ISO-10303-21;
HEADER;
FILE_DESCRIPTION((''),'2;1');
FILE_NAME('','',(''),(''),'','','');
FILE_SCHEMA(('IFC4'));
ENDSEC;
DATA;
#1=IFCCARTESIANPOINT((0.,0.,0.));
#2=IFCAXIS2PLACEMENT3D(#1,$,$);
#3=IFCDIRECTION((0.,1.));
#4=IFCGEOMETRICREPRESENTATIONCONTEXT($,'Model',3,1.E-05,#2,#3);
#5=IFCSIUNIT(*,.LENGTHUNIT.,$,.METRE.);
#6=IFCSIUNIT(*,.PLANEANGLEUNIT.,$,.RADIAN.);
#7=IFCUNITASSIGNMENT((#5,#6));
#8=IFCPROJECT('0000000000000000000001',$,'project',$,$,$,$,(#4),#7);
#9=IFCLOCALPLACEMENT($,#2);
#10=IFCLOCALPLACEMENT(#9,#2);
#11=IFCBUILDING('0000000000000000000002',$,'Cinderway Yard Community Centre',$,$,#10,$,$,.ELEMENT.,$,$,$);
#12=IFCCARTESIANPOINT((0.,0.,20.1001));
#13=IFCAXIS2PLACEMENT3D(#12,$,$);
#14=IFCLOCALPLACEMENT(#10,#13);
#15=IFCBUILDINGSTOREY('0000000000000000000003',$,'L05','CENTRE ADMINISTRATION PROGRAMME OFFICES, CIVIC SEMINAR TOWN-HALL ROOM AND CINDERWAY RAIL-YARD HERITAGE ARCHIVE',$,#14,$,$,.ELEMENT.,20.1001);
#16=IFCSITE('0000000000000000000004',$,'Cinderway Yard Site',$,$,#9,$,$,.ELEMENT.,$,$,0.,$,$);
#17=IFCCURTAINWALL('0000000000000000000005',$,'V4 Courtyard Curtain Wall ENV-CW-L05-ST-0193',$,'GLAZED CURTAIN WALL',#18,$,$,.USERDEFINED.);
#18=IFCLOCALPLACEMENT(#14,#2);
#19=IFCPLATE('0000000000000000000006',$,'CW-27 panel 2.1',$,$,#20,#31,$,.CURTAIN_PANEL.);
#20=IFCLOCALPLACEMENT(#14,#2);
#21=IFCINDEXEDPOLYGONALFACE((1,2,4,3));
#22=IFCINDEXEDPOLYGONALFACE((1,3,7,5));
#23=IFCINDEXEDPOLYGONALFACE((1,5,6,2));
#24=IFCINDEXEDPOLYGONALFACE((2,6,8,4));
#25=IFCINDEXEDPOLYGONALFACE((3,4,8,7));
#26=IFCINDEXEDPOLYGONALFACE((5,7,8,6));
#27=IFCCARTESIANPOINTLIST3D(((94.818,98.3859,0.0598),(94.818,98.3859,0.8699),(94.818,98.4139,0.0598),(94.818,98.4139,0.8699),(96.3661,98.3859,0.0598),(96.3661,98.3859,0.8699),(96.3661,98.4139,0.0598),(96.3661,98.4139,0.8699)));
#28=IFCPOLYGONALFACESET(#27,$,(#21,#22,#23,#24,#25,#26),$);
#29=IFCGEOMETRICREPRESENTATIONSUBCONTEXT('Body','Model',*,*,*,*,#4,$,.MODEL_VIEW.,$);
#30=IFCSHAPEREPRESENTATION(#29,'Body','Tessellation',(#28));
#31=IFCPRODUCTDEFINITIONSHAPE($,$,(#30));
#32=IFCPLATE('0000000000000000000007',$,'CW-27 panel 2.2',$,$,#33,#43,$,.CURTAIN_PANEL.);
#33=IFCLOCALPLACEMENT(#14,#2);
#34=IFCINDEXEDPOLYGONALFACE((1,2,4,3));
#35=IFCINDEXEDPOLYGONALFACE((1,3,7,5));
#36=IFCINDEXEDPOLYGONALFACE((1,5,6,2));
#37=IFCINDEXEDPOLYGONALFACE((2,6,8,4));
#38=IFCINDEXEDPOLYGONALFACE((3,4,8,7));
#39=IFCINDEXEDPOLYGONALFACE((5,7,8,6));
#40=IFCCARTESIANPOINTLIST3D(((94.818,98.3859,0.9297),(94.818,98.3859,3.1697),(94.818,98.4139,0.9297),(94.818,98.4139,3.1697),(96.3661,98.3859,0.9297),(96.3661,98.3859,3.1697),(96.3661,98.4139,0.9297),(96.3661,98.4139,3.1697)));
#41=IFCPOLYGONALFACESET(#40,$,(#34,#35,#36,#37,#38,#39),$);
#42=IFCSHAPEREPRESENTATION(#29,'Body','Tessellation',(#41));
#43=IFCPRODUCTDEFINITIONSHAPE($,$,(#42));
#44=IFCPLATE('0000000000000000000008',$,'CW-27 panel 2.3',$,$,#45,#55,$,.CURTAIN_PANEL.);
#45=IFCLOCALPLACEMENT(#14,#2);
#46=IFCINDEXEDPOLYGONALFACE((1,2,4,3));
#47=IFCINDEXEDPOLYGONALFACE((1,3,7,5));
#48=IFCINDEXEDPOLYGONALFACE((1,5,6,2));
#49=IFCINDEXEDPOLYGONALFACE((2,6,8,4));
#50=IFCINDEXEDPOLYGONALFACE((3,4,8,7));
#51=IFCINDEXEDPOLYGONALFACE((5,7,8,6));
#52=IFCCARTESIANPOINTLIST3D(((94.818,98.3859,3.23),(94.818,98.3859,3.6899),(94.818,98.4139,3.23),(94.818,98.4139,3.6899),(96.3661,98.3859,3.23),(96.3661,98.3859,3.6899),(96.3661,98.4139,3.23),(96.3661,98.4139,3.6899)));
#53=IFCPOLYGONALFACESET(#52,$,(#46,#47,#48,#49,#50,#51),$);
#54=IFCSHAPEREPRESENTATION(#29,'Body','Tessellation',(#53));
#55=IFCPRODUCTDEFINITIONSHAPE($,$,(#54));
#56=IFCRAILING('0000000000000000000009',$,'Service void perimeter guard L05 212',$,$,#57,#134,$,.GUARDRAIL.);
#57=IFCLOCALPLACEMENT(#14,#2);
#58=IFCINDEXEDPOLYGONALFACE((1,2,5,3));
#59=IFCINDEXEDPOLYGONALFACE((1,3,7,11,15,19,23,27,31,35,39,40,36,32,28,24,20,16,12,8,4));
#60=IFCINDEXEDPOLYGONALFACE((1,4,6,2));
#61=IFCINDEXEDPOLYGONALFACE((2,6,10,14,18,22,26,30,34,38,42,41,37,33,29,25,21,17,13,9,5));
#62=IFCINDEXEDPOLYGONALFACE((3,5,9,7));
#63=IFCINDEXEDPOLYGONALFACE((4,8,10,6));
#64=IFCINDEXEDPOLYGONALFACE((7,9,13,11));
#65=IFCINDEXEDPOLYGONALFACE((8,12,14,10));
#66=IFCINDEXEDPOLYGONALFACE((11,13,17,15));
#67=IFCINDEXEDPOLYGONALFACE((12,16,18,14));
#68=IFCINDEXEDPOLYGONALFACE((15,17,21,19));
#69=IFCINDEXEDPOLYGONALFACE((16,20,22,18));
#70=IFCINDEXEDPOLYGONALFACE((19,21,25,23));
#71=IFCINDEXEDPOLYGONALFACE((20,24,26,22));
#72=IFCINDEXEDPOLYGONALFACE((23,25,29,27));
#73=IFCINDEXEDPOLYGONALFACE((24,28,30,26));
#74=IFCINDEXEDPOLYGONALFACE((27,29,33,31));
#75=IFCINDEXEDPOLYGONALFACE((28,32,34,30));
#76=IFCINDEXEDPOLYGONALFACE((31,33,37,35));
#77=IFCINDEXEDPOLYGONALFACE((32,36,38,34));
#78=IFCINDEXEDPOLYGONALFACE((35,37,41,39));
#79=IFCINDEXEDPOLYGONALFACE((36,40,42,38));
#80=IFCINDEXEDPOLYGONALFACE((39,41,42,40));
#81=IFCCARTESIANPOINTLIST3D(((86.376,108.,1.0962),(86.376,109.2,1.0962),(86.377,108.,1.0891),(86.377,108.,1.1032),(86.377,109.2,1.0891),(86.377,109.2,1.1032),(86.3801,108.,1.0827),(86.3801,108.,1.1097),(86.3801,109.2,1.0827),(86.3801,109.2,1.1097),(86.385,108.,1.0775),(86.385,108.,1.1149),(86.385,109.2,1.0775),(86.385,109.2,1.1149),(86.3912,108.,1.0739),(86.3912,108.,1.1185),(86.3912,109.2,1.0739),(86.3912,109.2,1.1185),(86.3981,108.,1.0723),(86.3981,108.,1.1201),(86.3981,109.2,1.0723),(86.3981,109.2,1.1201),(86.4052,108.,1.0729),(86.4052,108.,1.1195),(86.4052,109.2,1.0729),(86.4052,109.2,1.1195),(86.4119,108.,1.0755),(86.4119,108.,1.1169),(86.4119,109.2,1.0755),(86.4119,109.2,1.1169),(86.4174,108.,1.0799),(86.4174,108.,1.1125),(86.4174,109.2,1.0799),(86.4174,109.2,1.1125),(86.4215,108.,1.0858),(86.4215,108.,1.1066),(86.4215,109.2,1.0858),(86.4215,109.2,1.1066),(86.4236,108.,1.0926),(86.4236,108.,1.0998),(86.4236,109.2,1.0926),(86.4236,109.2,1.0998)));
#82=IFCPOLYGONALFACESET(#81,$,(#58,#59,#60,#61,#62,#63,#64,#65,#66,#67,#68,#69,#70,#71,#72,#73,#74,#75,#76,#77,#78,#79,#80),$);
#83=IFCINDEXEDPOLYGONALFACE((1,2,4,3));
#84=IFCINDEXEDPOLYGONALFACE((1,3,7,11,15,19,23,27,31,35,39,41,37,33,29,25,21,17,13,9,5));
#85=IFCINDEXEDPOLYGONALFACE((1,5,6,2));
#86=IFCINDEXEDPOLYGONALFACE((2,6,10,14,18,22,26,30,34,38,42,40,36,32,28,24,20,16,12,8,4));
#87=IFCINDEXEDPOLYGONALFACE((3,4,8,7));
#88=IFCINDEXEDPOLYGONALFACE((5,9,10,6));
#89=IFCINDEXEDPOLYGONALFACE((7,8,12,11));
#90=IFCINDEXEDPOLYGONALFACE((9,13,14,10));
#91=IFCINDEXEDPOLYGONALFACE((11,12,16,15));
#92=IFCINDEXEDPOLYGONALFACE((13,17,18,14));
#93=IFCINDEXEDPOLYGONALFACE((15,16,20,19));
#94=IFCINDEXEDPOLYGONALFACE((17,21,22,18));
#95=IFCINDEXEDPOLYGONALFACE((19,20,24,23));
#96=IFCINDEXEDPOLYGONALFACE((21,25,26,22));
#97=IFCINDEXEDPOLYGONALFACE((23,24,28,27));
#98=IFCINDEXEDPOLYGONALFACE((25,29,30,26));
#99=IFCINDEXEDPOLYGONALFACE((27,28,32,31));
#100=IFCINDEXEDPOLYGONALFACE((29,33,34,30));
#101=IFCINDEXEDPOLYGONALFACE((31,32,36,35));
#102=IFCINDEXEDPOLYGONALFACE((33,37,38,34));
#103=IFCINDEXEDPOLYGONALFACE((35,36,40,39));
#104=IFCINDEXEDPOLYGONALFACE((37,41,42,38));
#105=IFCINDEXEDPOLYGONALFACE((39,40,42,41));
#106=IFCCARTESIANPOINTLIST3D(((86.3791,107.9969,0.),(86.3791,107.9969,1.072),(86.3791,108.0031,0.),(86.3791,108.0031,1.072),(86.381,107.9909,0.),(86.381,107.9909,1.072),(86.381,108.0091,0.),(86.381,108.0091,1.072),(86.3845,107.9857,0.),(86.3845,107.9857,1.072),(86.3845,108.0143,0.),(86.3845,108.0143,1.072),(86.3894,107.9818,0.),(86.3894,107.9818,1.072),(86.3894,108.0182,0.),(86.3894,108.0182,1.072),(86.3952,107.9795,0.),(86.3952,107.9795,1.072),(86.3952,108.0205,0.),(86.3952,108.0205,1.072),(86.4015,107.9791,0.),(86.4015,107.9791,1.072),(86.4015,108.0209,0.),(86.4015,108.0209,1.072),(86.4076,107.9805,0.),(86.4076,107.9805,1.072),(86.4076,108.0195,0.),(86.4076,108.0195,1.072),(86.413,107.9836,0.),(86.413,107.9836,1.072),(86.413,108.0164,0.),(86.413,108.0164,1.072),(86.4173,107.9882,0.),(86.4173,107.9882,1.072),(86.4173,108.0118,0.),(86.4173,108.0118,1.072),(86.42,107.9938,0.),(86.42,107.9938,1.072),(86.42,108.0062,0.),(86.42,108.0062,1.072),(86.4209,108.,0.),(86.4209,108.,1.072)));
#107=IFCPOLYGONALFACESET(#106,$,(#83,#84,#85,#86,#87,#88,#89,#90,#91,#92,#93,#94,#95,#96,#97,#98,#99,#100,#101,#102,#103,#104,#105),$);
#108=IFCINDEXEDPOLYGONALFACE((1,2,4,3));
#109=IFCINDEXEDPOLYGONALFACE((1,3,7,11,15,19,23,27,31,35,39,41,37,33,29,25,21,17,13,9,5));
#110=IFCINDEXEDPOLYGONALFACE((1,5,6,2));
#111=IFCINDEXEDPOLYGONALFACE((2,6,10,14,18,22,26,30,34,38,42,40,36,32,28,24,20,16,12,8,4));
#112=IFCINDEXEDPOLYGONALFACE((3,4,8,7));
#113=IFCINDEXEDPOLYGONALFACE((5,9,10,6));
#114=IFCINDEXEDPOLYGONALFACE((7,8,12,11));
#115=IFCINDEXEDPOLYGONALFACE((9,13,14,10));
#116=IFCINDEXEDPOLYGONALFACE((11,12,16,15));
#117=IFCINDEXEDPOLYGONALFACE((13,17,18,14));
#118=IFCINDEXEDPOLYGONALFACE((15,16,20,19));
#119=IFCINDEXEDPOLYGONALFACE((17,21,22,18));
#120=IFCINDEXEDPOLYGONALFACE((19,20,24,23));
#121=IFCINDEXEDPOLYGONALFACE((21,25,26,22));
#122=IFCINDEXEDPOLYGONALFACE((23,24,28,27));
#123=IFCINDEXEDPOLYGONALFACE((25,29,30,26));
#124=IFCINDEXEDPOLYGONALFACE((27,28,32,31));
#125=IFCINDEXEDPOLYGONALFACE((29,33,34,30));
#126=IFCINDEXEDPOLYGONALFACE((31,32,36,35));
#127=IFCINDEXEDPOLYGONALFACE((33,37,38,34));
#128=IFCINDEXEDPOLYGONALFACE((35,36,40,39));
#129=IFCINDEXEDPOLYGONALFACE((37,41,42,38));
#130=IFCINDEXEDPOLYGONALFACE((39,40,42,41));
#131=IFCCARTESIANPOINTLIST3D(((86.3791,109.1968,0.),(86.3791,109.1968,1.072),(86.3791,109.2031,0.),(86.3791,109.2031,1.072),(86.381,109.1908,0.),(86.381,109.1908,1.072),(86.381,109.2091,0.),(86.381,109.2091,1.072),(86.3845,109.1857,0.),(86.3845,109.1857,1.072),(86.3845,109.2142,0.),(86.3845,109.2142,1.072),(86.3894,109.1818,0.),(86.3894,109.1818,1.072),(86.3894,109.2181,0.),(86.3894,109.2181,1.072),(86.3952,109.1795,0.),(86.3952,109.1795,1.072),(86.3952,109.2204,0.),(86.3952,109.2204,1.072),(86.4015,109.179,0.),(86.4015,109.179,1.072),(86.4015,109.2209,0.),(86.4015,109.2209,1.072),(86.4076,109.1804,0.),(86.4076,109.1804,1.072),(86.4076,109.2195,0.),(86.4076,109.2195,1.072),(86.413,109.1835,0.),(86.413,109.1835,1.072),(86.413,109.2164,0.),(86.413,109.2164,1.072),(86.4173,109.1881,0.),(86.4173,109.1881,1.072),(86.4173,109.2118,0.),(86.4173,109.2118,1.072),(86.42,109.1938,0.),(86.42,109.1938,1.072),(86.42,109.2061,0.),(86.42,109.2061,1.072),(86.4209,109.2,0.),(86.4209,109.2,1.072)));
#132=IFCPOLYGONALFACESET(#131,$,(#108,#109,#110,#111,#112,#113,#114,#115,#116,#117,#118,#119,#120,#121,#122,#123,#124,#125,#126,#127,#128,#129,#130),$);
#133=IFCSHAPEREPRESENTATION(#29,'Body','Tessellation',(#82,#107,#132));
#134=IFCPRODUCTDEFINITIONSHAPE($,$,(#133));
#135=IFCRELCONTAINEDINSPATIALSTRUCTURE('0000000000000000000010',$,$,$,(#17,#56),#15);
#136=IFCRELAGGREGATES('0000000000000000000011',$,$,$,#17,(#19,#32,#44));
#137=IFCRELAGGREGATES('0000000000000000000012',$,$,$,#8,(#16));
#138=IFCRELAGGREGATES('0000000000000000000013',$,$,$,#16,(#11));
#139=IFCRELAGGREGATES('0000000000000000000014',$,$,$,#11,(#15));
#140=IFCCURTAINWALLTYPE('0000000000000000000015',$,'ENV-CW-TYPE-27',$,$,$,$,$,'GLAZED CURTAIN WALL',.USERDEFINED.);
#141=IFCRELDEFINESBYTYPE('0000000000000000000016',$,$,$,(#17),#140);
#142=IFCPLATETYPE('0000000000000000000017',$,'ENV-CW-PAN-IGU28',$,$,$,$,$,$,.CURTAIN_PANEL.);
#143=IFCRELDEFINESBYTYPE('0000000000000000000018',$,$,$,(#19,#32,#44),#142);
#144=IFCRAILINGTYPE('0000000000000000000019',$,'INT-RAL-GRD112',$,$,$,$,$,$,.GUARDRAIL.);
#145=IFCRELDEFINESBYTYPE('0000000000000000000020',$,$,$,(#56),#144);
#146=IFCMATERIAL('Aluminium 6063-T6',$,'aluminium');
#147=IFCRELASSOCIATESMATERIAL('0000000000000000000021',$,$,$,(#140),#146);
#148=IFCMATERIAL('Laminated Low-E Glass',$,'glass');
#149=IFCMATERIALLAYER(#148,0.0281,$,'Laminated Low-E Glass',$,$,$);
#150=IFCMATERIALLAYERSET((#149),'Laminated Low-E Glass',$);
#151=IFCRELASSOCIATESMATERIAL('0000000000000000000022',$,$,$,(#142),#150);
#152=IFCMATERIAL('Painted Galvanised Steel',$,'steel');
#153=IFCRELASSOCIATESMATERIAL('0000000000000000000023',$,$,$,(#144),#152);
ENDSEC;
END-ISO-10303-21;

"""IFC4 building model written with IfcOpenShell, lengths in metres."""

from ifc_helpers import new_model, si_unit, direction, frame, origin, origin_2d, place, context, subcontext, project, spatial, rectangle, circle, extrude, material, layer, layer_set, type_object, element, aggregate, save


model = new_model("IFC4")

# Units and contexts
model_context = context("Model", 3, precision=1e-05, world=origin(), true_north=direction((0.0, 1.0)))
body_context = subcontext(model_context, "Body", "Model", "MODEL_VIEW")
ifc_project = project(units=[si_unit("LENGTHUNIT", "METRE"), si_unit("PLANEANGLEUNIT", "RADIAN")], contexts=[model_context])

# Site, building, storey
site_placement = place(None, origin())
site = spatial("IfcSite", under=ifc_project, at=site_placement, Name="Cinderway Yard Site", CompositionType="ELEMENT", RefElevation=0.0)
building_placement = place(site_placement, origin())
building = spatial("IfcBuilding", under=site, at=building_placement, Name="Cinderway Yard Community Centre", CompositionType="ELEMENT")
storey_placement = place(building_placement, frame((0.0, 0.0, 20.1001)))
storey = spatial("IfcBuildingStorey", under=building, at=storey_placement, Name="L05", Description="CENTRE ADMINISTRATION PROGRAMME OFFICES, CIVIC SEMINAR TOWN-HALL ROOM AND CINDERWAY RAIL-YARD HERITAGE ARCHIVE", CompositionType="ELEMENT", Elevation=20.1001)

# Curtain wall
ifc_material_1 = material(Name="Aluminium 6063-T6", Category="aluminium")
curtain_wall_type = type_object("IfcCurtainWallType", Name="ENV-CW-TYPE-27", ElementType="GLAZED CURTAIN WALL", PredefinedType="USERDEFINED", material=ifc_material_1)
curtain_wall_placement = place(storey_placement, origin())
curtain_wall = element("IfcCurtainWall", 1, at=curtain_wall_placement, inside=storey, type_object=curtain_wall_type, Name="V4 Courtyard Curtain Wall ENV-CW-L05-ST-0193", ObjectType="GLAZED CURTAIN WALL", PredefinedType="USERDEFINED")

# Plates
ifc_material_2 = material(Name="Laminated Low-E Glass", Category="glass")
ifc_layer = layer(ifc_material_2, 0.0281, Name="Laminated Low-E Glass")
ifc_layer_set = layer_set([ifc_layer], Name="Laminated Low-E Glass")
plate_type = type_object("IfcPlateType", Name="ENV-CW-PAN-IGU28", PredefinedType="CURTAIN_PANEL", material=ifc_layer_set)
plate_1_placement = place(storey_placement, frame((95.592, 98.3999, 0.0598), z_axis=(0.0, 0.0, 1.0), x_axis=(1.0, 0.0, 0.0)))
plate_1 = element("IfcPlate", 2, at=plate_1_placement, type_object=plate_type, Name="CW-27 panel 2.1", PredefinedType="CURTAIN_PANEL", context=body_context, shape_type="SweptSolid", body=[
    extrude(rectangle(XDim=1.5481, YDim=0.0281, at=origin_2d()), origin(), (0.0, 0.0, 1.0), 0.8101),
])
plate_2_placement = place(storey_placement, frame((95.592, 98.3999, 0.9297), z_axis=(0.0, 0.0, 1.0), x_axis=(1.0, 0.0, 0.0)))
plate_2 = element("IfcPlate", 3, at=plate_2_placement, type_object=plate_type, Name="CW-27 panel 2.2", PredefinedType="CURTAIN_PANEL", context=body_context, shape_type="SweptSolid", body=[
    extrude(rectangle(XDim=1.5481, YDim=0.0281, at=origin_2d()), origin(), (0.0, 0.0, 1.0), 2.24),
])
plate_3_placement = place(storey_placement, frame((95.592, 98.3999, 3.23), z_axis=(0.0, 0.0, 1.0), x_axis=(1.0, 0.0, 0.0)))
plate_3 = element("IfcPlate", 4, at=plate_3_placement, type_object=plate_type, Name="CW-27 panel 2.3", PredefinedType="CURTAIN_PANEL", context=body_context, shape_type="SweptSolid", body=[
    extrude(rectangle(XDim=1.5481, YDim=0.0281, at=origin_2d()), origin(), (0.0, 0.0, 1.0), 0.46),
])
aggregate(curtain_wall, [plate_1, plate_2, plate_3])

# Railing
ifc_material_3 = material(Name="Painted Galvanised Steel", Category="steel")
railing_type = type_object("IfcRailingType", Name="INT-RAL-GRD112", PredefinedType="GUARDRAIL", material=ifc_material_3)
railing_placement = place(storey_placement, frame((86.3999, 108.0, 0.0)))
element("IfcRailing", 5, at=railing_placement, inside=storey, type_object=railing_type, Name="Service void perimeter guard L05 212", PredefinedType="GUARDRAIL", context=body_context, shape_type="SweptSolid", body=[
    extrude(circle(Radius=0.0239, at=origin_2d()), frame((0.0, 0.0, 1.0962), z_axis=(0.0, 1.0, 0.0), x_axis=(-1.0, 0.0, 0.0)), (0.0, 0.0, 1.0), 1.2),
    extrude(circle(Radius=0.021, at=origin_2d()), origin(), (0.0, 0.0, 1.0), 1.072),
    extrude(circle(Radius=0.021, at=origin_2d()), frame((0.0, 1.2, 0.0)), (0.0, 0.0, 1.0), 1.072),
])

save(model, "model.ifc")
